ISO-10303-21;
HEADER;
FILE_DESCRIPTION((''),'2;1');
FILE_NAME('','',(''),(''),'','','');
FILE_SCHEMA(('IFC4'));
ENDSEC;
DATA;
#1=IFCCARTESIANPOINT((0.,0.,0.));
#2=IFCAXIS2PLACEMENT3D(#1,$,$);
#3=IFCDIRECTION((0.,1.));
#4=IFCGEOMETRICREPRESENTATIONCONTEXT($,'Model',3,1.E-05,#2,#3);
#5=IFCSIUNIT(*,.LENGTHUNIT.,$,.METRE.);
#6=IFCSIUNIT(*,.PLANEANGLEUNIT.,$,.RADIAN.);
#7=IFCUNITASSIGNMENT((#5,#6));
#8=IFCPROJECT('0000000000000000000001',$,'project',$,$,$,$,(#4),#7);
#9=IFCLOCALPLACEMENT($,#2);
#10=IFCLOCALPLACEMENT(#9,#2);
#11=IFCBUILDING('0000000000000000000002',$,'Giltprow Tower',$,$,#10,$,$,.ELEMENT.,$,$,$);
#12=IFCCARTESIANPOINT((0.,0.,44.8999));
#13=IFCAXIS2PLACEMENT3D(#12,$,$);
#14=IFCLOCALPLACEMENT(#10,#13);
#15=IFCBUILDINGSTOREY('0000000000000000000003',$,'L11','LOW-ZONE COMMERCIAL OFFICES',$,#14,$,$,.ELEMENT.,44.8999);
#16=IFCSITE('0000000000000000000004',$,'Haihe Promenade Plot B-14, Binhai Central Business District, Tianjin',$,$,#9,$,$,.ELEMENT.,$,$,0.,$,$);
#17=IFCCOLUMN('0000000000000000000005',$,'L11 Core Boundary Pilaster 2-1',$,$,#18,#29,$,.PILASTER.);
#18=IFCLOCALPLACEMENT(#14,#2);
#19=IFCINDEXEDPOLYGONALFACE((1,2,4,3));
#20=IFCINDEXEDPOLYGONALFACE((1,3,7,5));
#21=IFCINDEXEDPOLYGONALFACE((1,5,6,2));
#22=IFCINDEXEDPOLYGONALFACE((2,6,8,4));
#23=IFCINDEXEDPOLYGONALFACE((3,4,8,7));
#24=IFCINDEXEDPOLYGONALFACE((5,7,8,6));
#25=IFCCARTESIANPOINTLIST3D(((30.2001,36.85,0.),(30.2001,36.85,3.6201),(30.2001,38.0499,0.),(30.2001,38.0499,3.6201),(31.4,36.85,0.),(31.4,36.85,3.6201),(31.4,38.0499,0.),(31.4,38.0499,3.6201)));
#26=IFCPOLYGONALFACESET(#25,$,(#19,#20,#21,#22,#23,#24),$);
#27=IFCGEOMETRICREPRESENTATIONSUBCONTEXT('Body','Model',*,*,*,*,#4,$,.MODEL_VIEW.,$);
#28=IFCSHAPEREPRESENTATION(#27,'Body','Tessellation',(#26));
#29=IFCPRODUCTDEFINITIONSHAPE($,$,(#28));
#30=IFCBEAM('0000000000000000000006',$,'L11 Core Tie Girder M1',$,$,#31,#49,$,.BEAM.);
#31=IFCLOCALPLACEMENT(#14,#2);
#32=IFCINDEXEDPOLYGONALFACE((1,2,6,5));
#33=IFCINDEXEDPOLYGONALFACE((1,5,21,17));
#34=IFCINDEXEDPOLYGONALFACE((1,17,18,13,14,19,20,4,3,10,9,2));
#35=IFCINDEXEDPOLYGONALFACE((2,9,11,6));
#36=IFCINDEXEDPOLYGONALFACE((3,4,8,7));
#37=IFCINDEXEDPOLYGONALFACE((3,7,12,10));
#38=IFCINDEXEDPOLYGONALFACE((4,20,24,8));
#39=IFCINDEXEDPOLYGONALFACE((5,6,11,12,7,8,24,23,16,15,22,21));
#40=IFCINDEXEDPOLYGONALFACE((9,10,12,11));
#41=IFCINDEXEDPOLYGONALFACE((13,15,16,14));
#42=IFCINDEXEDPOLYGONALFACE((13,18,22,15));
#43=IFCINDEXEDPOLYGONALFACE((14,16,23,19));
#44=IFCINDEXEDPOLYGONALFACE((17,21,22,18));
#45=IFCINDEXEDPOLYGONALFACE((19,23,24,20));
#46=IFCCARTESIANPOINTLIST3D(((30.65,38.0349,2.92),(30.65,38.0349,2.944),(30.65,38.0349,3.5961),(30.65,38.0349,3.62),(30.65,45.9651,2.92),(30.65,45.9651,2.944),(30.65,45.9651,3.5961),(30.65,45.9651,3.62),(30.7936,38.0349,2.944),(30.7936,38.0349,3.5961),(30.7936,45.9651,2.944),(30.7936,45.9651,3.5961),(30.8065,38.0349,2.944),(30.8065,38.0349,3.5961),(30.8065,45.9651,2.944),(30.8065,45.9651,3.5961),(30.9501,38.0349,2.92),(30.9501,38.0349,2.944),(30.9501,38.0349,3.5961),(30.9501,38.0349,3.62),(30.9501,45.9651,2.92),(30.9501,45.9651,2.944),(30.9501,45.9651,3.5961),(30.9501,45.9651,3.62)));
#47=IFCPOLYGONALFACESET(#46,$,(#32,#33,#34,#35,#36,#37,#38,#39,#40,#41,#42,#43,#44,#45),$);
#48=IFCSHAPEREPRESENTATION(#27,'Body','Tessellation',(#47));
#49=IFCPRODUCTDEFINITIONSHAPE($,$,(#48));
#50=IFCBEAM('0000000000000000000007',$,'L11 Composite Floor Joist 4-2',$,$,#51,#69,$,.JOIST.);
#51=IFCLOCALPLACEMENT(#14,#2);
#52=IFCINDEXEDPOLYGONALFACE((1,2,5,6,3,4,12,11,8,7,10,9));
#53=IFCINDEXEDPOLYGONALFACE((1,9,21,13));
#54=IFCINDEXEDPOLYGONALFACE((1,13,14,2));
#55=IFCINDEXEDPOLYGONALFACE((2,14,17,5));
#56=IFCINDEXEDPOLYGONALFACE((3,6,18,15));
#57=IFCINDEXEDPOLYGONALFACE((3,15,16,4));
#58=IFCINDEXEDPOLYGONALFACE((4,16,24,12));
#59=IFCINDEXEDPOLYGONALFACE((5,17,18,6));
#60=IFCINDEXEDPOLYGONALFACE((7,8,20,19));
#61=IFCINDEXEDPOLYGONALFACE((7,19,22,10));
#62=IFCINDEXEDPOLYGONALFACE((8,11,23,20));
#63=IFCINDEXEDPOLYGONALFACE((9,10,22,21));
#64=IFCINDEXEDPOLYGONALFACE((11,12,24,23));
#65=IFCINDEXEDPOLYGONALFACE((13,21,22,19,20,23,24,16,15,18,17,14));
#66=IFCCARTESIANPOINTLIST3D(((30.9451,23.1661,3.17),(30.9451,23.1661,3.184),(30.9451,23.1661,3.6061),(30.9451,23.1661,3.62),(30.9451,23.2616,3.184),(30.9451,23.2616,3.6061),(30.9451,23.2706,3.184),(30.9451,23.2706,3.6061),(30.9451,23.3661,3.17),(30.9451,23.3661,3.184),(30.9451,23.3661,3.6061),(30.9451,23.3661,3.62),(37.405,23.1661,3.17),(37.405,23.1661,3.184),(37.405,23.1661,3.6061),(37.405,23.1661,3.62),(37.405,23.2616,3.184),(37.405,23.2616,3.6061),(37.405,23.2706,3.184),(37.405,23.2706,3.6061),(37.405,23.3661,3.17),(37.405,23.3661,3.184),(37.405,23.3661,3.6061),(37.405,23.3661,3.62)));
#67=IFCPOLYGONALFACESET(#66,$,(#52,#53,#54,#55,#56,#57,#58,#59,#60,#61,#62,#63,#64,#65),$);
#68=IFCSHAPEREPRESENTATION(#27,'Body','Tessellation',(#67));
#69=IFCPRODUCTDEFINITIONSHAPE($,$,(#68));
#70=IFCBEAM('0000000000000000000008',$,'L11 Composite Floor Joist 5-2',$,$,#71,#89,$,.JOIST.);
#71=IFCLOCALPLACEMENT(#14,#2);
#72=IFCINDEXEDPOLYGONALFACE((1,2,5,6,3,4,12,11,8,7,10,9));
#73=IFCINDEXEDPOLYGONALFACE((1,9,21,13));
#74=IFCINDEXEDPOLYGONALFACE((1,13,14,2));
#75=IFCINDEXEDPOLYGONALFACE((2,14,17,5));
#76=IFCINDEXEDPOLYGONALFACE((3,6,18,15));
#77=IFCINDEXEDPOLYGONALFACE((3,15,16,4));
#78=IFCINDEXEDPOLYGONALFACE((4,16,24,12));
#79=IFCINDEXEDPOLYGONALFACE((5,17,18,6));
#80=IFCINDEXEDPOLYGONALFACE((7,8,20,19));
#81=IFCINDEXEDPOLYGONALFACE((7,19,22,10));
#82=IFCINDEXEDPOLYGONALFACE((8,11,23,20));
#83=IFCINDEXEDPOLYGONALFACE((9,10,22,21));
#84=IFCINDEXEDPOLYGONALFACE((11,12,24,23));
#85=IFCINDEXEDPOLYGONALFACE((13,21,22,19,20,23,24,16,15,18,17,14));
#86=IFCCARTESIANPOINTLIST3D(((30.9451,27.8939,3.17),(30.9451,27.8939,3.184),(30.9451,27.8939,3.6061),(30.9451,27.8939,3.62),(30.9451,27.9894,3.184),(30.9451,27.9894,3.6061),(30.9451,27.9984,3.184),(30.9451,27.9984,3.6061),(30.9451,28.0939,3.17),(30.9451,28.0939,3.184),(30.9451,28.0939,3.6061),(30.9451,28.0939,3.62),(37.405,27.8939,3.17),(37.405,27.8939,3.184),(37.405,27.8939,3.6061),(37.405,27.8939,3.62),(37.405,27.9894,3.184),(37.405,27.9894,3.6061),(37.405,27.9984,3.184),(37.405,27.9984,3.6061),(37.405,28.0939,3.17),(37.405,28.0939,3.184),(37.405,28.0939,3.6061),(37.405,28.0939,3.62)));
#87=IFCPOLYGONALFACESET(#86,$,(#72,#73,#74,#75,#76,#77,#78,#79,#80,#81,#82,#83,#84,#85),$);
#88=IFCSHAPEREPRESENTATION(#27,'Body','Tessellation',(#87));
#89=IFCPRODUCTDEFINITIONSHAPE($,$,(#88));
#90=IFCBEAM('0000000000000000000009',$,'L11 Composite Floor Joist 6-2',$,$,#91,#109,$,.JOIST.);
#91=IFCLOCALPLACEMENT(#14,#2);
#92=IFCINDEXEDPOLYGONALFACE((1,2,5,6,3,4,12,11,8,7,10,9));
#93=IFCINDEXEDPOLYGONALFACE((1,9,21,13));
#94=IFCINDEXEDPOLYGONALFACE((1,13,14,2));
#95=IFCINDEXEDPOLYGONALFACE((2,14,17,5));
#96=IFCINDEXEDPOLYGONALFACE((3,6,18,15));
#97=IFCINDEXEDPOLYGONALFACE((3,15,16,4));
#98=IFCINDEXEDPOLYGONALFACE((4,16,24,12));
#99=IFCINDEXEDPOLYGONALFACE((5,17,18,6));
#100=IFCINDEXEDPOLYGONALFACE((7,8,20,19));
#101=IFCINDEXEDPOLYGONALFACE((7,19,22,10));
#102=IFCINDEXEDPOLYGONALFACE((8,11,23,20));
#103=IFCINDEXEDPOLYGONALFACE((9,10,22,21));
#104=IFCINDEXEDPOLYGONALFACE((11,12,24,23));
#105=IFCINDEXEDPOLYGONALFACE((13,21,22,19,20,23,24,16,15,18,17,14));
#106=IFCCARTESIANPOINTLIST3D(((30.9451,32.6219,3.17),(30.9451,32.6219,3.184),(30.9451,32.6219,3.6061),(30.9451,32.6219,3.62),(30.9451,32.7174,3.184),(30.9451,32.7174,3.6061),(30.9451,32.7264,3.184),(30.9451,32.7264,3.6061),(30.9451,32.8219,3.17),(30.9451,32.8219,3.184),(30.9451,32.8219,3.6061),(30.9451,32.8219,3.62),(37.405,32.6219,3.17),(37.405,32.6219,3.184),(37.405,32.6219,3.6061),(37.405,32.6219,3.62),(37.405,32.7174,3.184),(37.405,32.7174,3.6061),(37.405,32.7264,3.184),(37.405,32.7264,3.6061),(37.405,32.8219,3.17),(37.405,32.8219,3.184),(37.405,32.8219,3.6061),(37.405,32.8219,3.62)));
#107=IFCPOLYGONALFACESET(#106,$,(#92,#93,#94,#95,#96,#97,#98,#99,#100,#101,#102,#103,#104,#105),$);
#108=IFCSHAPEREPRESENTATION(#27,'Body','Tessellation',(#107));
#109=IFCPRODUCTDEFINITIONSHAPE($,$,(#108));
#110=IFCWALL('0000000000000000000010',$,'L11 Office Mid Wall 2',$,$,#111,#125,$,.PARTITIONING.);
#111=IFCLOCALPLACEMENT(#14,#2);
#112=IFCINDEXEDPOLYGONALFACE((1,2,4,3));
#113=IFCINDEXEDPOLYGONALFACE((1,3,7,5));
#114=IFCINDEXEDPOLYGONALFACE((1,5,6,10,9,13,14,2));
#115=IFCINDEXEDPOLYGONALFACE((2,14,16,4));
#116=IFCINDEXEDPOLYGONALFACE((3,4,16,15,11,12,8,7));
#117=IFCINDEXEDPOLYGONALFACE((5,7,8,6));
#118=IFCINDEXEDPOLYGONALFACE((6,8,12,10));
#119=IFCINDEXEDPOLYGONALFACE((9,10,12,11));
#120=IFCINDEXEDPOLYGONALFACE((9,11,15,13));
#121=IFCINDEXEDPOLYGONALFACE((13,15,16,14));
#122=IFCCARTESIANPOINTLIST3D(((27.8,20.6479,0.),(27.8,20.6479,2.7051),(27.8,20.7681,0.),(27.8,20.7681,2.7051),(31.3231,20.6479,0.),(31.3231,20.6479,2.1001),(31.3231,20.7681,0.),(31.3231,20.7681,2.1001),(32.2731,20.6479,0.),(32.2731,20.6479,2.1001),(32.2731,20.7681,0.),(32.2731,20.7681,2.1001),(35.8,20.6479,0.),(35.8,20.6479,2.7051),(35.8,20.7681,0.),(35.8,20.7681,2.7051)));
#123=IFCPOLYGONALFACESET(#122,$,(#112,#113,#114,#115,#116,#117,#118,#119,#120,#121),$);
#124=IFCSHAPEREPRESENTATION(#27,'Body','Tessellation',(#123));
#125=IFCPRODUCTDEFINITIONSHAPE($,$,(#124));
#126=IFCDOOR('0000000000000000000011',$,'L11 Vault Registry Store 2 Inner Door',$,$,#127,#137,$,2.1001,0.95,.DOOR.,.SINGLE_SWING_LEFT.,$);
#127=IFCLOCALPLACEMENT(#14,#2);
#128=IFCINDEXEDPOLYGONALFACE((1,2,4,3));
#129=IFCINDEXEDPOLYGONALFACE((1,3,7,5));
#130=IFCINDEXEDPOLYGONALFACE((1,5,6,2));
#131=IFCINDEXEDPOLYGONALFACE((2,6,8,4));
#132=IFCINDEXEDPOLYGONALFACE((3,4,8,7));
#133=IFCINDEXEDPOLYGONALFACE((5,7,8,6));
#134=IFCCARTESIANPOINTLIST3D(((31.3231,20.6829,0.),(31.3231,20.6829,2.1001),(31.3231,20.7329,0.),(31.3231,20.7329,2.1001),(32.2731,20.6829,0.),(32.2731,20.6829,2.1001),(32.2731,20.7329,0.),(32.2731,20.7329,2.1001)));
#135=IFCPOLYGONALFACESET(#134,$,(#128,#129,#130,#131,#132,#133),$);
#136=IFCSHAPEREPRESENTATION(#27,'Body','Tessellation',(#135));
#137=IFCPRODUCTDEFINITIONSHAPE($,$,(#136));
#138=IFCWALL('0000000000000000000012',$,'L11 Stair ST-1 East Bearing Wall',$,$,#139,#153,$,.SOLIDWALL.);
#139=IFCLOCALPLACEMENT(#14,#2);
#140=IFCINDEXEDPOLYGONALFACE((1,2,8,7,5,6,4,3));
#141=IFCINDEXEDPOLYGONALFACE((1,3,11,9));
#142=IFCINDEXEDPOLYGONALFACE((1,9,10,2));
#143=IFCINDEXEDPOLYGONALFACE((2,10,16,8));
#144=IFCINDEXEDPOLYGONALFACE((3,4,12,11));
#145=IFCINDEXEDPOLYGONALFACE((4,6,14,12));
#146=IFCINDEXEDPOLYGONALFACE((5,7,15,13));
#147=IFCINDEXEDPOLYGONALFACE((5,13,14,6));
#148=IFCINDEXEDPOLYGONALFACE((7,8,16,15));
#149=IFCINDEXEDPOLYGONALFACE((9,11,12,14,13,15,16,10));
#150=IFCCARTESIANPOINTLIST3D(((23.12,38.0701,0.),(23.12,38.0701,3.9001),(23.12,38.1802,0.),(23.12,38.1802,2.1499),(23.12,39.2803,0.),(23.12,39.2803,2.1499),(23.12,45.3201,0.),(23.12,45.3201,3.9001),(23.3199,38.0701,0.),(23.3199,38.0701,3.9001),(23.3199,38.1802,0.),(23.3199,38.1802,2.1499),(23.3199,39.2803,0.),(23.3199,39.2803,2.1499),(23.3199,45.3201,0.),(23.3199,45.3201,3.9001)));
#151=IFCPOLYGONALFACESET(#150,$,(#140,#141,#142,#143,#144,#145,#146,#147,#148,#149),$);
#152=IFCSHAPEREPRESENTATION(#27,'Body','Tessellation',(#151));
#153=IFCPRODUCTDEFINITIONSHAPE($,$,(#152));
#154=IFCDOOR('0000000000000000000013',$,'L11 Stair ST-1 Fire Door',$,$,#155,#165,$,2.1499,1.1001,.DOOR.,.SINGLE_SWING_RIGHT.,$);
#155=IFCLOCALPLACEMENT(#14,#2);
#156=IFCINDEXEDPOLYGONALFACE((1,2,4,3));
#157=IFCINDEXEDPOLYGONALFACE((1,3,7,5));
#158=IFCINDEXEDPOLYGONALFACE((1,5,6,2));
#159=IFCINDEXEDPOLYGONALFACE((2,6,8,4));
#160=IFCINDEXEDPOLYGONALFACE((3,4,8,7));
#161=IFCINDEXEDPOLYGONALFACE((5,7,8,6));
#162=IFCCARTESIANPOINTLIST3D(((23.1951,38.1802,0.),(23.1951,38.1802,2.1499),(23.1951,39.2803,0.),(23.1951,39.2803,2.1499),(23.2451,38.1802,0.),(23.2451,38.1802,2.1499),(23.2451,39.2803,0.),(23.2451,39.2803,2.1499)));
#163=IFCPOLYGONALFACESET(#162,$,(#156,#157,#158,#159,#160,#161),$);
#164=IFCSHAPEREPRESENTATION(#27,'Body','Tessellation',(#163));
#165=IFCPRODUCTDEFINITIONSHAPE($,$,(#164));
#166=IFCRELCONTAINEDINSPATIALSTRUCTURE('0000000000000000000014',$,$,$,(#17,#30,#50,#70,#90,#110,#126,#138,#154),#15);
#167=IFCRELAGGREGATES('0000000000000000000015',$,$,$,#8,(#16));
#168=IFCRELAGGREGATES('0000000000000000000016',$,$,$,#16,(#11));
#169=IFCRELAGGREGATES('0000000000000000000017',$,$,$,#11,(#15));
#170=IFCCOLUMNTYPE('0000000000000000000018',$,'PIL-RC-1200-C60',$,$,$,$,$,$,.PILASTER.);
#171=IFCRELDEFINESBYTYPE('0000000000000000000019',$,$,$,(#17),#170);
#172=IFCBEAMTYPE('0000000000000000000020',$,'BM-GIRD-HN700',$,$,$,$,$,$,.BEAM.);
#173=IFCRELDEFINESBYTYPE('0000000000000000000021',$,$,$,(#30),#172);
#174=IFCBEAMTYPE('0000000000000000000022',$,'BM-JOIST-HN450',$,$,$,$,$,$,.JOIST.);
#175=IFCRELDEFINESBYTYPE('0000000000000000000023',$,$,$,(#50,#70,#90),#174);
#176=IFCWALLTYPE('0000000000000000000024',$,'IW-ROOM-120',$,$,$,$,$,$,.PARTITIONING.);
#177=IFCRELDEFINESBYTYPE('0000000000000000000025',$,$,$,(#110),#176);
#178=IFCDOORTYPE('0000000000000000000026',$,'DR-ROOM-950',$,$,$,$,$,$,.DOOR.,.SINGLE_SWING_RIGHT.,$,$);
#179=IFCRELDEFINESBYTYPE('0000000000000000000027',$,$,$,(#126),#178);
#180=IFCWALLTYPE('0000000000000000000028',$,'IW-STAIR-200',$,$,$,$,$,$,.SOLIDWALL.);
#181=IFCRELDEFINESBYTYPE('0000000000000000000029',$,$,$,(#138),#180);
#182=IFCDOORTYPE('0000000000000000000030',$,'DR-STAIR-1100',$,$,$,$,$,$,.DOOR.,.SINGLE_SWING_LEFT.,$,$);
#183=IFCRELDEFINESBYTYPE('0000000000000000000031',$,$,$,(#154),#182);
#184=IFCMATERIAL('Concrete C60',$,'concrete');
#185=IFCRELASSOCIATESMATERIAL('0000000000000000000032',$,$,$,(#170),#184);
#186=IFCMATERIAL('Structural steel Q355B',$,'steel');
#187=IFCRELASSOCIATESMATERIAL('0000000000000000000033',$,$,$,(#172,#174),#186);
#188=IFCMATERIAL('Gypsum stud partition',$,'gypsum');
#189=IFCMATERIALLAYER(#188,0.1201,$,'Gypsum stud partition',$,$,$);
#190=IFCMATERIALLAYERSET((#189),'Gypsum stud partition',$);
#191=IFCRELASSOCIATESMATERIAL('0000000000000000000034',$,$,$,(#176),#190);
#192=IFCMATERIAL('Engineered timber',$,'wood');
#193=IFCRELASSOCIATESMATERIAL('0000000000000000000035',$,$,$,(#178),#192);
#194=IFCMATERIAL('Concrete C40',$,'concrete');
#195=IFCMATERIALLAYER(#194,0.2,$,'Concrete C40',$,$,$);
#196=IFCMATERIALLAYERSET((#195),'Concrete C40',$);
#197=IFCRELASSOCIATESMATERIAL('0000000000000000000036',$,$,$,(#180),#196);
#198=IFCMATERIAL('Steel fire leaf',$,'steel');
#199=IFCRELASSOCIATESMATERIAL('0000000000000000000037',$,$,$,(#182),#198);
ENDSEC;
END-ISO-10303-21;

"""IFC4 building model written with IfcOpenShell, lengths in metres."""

from ifc_helpers import new_model, si_unit, direction, frame, frame_2d, origin, origin_2d, place, context, subcontext, project, spatial, rectangle, i_section, extrude, source, transform, mapped, material, layer, layer_set, material_profile, profile_set, type_object, element, fill, save


model = new_model("IFC4")

# Units and contexts
model_context = context("Model", 3, precision=1e-05, world=origin(), true_north=direction((0.0, 1.0)))
body_context = subcontext(model_context, "Body", "Model", "MODEL_VIEW")
ifc_project = project(units=[si_unit("LENGTHUNIT", "METRE"), si_unit("PLANEANGLEUNIT", "RADIAN")], contexts=[model_context])

# Site, building, storey
site_placement = place(None, origin())
site = spatial("IfcSite", under=ifc_project, at=site_placement, Name="Haihe Promenade Plot B-14, Binhai Central Business District, Tianjin", CompositionType="ELEMENT", RefElevation=0.0)
building_placement = place(site_placement, origin())
building = spatial("IfcBuilding", under=site, at=building_placement, Name="Giltprow Tower", CompositionType="ELEMENT")
storey_placement = place(building_placement, frame((0.0, 0.0, 44.8999)))
storey = spatial("IfcBuildingStorey", under=building, at=storey_placement, Name="L11", Description="LOW-ZONE COMMERCIAL OFFICES", CompositionType="ELEMENT", Elevation=44.8999)

# Column
ifc_material_1 = material(Name="Concrete C60", Category="concrete")
ifc_material_profile_1 = material_profile(ifc_material_1, rectangle(XDim=1.2, YDim=1.2, at=origin_2d()), Name="RC 1200x1200")
ifc_profile_set_1 = profile_set([ifc_material_profile_1], Name="Concrete C60")
column_type = type_object("IfcColumnType", Name="PIL-RC-1200-C60", PredefinedType="PILASTER", material=ifc_profile_set_1)
shared_shape_1 = source(origin(), body_context, "Body", "SweptSolid", [
    extrude(rectangle(XDim=1.2, YDim=1.2, at=origin_2d()), origin(), (0.0, 0.0, 1.0), 3.6201),
])
column_placement = place(storey_placement, frame((30.8, 37.45, 0.0), z_axis=(0.0, 0.0, 1.0), x_axis=(1.0, 0.0, 0.0)))
element("IfcColumn", 1, at=column_placement, inside=storey, type_object=column_type, Name="L11 Core Boundary Pilaster 2-1", PredefinedType="PILASTER", context=body_context, shape_type="MappedRepresentation", body=[
    mapped(shared_shape_1, transform((0.0, 0.0, 0.0), x_axis=(1.0, 0.0, 0.0), y_axis=(0.0, 1.0, 0.0), z_axis=(0.0, 0.0, 1.0), scale=1.0)),
])

# Beams
ifc_material_2 = material(Name="Structural steel Q355B", Category="steel")
ifc_material_profile_2 = material_profile(ifc_material_2, i_section(OverallWidth=0.3, OverallDepth=0.7, WebThickness=0.0129, FlangeThickness=0.0239, at=origin_2d()), Name="HN 700x300x13x24")
ifc_profile_set_2 = profile_set([ifc_material_profile_2], Name="Structural steel Q355B")
beam_type_1 = type_object("IfcBeamType", Name="BM-GIRD-HN700", PredefinedType="BEAM", material=ifc_profile_set_2)
shared_shape_2 = source(origin(), body_context, "Body", "SweptSolid", [
    extrude(i_section(OverallWidth=0.3, OverallDepth=0.7, WebThickness=0.0129, FlangeThickness=0.0239, at=origin_2d()), origin(), (0.0, 0.0, 1.0), 7.9302),
])
beam_placement = place(storey_placement, frame((30.8, 38.0349, 3.27), z_axis=(0.0, 1.0, 0.0), x_axis=(-1.0, 0.0, 0.0)))
element("IfcBeam", 2, at=beam_placement, inside=storey, type_object=beam_type_1, Name="L11 Core Tie Girder M1", PredefinedType="BEAM", context=body_context, shape_type="MappedRepresentation", body=[
    mapped(shared_shape_2, transform((0.0, 0.0, 0.0), x_axis=(1.0, 0.0, 0.0), y_axis=(0.0, 1.0, 0.0), z_axis=(0.0, 0.0, 1.0), scale=1.0)),
])
ifc_material_profile_3 = material_profile(ifc_material_2, i_section(OverallWidth=0.2, OverallDepth=0.45, WebThickness=0.009, FlangeThickness=0.0139, at=origin_2d()), Name="HN 450x200x9x14")
ifc_profile_set_3 = profile_set([ifc_material_profile_3], Name="Structural steel Q355B")
beam_type_2 = type_object("IfcBeamType", Name="BM-JOIST-HN450", PredefinedType="JOIST", material=ifc_profile_set_3)
shared_shape_3 = source(origin(), body_context, "Body", "SweptSolid", [
    extrude(i_section(OverallWidth=0.2, OverallDepth=0.45, WebThickness=0.009, FlangeThickness=0.0139, at=origin_2d()), origin(), (0.0, 0.0, 1.0), 6.46),
])
for number, where, z_axis, x_axis, name in (
    (3, (30.9451, 23.2661, 3.395), (1.0, 0.0, 0.0), (0.0, 1.0, 0.0), "L11 Composite Floor Joist 4-2"),
    (4, (30.9451, 27.9939, 3.395), (1.0, 0.0, 0.0), (0.0, 1.0, 0.0), "L11 Composite Floor Joist 5-2"),
    (5, (30.9451, 32.7219, 3.395), (1.0, 0.0, 0.0), (0.0, 1.0, 0.0), "L11 Composite Floor Joist 6-2"),
):
    element("IfcBeam", number, at=place(storey_placement, frame(where, z_axis=z_axis, x_axis=x_axis)), inside=storey, type_object=beam_type_2, Name=name, PredefinedType="JOIST", context=body_context, shape_type="MappedRepresentation", body=[
        mapped(shared_shape_3, transform((0.0, 0.0, 0.0), x_axis=(1.0, 0.0, 0.0), y_axis=(0.0, 1.0, 0.0), z_axis=(0.0, 0.0, 1.0), scale=1.0)),
    ])

# Walls, openings, doors
ifc_material_3 = material(Name="Gypsum stud partition", Category="gypsum")
ifc_layer_1 = layer(ifc_material_3, 0.1201, Name="Gypsum stud partition")
ifc_layer_set_1 = layer_set([ifc_layer_1], Name="Gypsum stud partition")
wall_type_1 = type_object("IfcWallType", Name="IW-ROOM-120", PredefinedType="PARTITIONING", material=ifc_layer_set_1)
wall_1_placement = place(storey_placement, frame((27.8, 20.708, 0.0), z_axis=(0.0, 0.0, 1.0), x_axis=(1.0, 0.0, 0.0)))
wall_1 = element("IfcWall", 6, at=wall_1_placement, inside=storey, type_object=wall_type_1, Name="L11 Office Mid Wall 2", PredefinedType="PARTITIONING", context=body_context, shape_type="SweptSolid", body=[
    extrude(rectangle(XDim=8.0, YDim=0.1201, at=frame_2d((4.0, 0.0))), origin(), (0.0, 0.0, 1.0), 2.7051),
])
opening_1_placement = place(wall_1_placement, frame((3.5229, 0.0, 0.0)))
opening_1 = element("IfcOpeningElement", 7, at=opening_1_placement, cuts=wall_1, PredefinedType="OPENING", context=body_context, shape_type="SweptSolid", body=[
    extrude(rectangle(XDim=0.95, YDim=2.1001, at=frame_2d((0.4751, 1.05))), frame((0.0, 0.0701, 0.0), z_axis=(0.0, -1.0, 0.0), x_axis=(1.0, 0.0, 0.0)), (0.0, 0.0, 1.0), 0.1401),
])
ifc_material_4 = material(Name="Engineered timber", Category="wood")
door_type_1 = type_object("IfcDoorType", Name="DR-ROOM-950", OperationType="SINGLE_SWING_RIGHT", PredefinedType="DOOR", material=ifc_material_4)
shared_shape_4 = source(origin(), body_context, "Body", "SweptSolid", [
    extrude(rectangle(XDim=0.95, YDim=2.1001, at=frame_2d((0.4751, 1.05))), frame((0.0, 0.0249, 0.0), z_axis=(0.0, -1.0, 0.0), x_axis=(1.0, 0.0, 0.0)), (0.0, 0.0, 1.0), 0.05),
])
door_1_placement = place(opening_1_placement, origin())
door_1 = element("IfcDoor", 8, at=door_1_placement, inside=storey, type_object=door_type_1, Name="L11 Vault Registry Store 2 Inner Door", OperationType="SINGLE_SWING_LEFT", OverallHeight=2.1001, OverallWidth=0.95, PredefinedType="DOOR", context=body_context, shape_type="MappedRepresentation", body=[
    mapped(shared_shape_4, transform((0.0, 0.0, 0.0), x_axis=(1.0, 0.0, 0.0), y_axis=(0.0, 1.0, 0.0), z_axis=(0.0, 0.0, 1.0), scale=1.0)),
])
fill(opening_1, door_1)
ifc_material_5 = material(Name="Concrete C40", Category="concrete")
ifc_layer_2 = layer(ifc_material_5, 0.2, Name="Concrete C40")
ifc_layer_set_2 = layer_set([ifc_layer_2], Name="Concrete C40")
wall_type_2 = type_object("IfcWallType", Name="IW-STAIR-200", PredefinedType="SOLIDWALL", material=ifc_layer_set_2)
wall_2_placement = place(storey_placement, frame((23.22, 38.0701, 0.0), z_axis=(0.0, 0.0, 1.0), x_axis=(0.0, 1.0, 0.0)))
wall_2 = element("IfcWall", 9, at=wall_2_placement, inside=storey, type_object=wall_type_2, Name="L11 Stair ST-1 East Bearing Wall", PredefinedType="SOLIDWALL", context=body_context, shape_type="SweptSolid", body=[
    extrude(rectangle(XDim=7.25, YDim=0.2, at=frame_2d((3.625, 0.0))), origin(), (0.0, 0.0, 1.0), 3.9001),
])
opening_2_placement = place(wall_2_placement, frame((0.1101, 0.0, 0.0)))
opening_2 = element("IfcOpeningElement", 10, at=opening_2_placement, cuts=wall_2, PredefinedType="OPENING", context=body_context, shape_type="SweptSolid", body=[
    extrude(rectangle(XDim=1.1001, YDim=2.1499, at=frame_2d((0.55, 1.075))), frame((0.0, 0.1099, 0.0), z_axis=(0.0, -1.0, 0.0), x_axis=(1.0, 0.0, 0.0)), (0.0, 0.0, 1.0), 0.22),
])
ifc_material_6 = material(Name="Steel fire leaf", Category="steel")
door_type_2 = type_object("IfcDoorType", Name="DR-STAIR-1100", OperationType="SINGLE_SWING_LEFT", PredefinedType="DOOR", material=ifc_material_6)
shared_shape_5 = source(origin(), body_context, "Body", "SweptSolid", [
    extrude(rectangle(XDim=1.1001, YDim=2.1499, at=frame_2d((0.55, 1.075))), frame((0.0, 0.0249, 0.0), z_axis=(0.0, -1.0, 0.0), x_axis=(1.0, 0.0, 0.0)), (0.0, 0.0, 1.0), 0.05),
])
door_2_placement = place(opening_2_placement, origin())
door_2 = element("IfcDoor", 11, at=door_2_placement, inside=storey, type_object=door_type_2, Name="L11 Stair ST-1 Fire Door", OperationType="SINGLE_SWING_RIGHT", OverallHeight=2.1499, OverallWidth=1.1001, PredefinedType="DOOR", context=body_context, shape_type="MappedRepresentation", body=[
    mapped(shared_shape_5, transform((0.0, 0.0, 0.0), x_axis=(1.0, 0.0, 0.0), y_axis=(0.0, 1.0, 0.0), z_axis=(0.0, 0.0, 1.0), scale=1.0)),
])
fill(opening_2, door_2)

save(model, "model.ifc")
